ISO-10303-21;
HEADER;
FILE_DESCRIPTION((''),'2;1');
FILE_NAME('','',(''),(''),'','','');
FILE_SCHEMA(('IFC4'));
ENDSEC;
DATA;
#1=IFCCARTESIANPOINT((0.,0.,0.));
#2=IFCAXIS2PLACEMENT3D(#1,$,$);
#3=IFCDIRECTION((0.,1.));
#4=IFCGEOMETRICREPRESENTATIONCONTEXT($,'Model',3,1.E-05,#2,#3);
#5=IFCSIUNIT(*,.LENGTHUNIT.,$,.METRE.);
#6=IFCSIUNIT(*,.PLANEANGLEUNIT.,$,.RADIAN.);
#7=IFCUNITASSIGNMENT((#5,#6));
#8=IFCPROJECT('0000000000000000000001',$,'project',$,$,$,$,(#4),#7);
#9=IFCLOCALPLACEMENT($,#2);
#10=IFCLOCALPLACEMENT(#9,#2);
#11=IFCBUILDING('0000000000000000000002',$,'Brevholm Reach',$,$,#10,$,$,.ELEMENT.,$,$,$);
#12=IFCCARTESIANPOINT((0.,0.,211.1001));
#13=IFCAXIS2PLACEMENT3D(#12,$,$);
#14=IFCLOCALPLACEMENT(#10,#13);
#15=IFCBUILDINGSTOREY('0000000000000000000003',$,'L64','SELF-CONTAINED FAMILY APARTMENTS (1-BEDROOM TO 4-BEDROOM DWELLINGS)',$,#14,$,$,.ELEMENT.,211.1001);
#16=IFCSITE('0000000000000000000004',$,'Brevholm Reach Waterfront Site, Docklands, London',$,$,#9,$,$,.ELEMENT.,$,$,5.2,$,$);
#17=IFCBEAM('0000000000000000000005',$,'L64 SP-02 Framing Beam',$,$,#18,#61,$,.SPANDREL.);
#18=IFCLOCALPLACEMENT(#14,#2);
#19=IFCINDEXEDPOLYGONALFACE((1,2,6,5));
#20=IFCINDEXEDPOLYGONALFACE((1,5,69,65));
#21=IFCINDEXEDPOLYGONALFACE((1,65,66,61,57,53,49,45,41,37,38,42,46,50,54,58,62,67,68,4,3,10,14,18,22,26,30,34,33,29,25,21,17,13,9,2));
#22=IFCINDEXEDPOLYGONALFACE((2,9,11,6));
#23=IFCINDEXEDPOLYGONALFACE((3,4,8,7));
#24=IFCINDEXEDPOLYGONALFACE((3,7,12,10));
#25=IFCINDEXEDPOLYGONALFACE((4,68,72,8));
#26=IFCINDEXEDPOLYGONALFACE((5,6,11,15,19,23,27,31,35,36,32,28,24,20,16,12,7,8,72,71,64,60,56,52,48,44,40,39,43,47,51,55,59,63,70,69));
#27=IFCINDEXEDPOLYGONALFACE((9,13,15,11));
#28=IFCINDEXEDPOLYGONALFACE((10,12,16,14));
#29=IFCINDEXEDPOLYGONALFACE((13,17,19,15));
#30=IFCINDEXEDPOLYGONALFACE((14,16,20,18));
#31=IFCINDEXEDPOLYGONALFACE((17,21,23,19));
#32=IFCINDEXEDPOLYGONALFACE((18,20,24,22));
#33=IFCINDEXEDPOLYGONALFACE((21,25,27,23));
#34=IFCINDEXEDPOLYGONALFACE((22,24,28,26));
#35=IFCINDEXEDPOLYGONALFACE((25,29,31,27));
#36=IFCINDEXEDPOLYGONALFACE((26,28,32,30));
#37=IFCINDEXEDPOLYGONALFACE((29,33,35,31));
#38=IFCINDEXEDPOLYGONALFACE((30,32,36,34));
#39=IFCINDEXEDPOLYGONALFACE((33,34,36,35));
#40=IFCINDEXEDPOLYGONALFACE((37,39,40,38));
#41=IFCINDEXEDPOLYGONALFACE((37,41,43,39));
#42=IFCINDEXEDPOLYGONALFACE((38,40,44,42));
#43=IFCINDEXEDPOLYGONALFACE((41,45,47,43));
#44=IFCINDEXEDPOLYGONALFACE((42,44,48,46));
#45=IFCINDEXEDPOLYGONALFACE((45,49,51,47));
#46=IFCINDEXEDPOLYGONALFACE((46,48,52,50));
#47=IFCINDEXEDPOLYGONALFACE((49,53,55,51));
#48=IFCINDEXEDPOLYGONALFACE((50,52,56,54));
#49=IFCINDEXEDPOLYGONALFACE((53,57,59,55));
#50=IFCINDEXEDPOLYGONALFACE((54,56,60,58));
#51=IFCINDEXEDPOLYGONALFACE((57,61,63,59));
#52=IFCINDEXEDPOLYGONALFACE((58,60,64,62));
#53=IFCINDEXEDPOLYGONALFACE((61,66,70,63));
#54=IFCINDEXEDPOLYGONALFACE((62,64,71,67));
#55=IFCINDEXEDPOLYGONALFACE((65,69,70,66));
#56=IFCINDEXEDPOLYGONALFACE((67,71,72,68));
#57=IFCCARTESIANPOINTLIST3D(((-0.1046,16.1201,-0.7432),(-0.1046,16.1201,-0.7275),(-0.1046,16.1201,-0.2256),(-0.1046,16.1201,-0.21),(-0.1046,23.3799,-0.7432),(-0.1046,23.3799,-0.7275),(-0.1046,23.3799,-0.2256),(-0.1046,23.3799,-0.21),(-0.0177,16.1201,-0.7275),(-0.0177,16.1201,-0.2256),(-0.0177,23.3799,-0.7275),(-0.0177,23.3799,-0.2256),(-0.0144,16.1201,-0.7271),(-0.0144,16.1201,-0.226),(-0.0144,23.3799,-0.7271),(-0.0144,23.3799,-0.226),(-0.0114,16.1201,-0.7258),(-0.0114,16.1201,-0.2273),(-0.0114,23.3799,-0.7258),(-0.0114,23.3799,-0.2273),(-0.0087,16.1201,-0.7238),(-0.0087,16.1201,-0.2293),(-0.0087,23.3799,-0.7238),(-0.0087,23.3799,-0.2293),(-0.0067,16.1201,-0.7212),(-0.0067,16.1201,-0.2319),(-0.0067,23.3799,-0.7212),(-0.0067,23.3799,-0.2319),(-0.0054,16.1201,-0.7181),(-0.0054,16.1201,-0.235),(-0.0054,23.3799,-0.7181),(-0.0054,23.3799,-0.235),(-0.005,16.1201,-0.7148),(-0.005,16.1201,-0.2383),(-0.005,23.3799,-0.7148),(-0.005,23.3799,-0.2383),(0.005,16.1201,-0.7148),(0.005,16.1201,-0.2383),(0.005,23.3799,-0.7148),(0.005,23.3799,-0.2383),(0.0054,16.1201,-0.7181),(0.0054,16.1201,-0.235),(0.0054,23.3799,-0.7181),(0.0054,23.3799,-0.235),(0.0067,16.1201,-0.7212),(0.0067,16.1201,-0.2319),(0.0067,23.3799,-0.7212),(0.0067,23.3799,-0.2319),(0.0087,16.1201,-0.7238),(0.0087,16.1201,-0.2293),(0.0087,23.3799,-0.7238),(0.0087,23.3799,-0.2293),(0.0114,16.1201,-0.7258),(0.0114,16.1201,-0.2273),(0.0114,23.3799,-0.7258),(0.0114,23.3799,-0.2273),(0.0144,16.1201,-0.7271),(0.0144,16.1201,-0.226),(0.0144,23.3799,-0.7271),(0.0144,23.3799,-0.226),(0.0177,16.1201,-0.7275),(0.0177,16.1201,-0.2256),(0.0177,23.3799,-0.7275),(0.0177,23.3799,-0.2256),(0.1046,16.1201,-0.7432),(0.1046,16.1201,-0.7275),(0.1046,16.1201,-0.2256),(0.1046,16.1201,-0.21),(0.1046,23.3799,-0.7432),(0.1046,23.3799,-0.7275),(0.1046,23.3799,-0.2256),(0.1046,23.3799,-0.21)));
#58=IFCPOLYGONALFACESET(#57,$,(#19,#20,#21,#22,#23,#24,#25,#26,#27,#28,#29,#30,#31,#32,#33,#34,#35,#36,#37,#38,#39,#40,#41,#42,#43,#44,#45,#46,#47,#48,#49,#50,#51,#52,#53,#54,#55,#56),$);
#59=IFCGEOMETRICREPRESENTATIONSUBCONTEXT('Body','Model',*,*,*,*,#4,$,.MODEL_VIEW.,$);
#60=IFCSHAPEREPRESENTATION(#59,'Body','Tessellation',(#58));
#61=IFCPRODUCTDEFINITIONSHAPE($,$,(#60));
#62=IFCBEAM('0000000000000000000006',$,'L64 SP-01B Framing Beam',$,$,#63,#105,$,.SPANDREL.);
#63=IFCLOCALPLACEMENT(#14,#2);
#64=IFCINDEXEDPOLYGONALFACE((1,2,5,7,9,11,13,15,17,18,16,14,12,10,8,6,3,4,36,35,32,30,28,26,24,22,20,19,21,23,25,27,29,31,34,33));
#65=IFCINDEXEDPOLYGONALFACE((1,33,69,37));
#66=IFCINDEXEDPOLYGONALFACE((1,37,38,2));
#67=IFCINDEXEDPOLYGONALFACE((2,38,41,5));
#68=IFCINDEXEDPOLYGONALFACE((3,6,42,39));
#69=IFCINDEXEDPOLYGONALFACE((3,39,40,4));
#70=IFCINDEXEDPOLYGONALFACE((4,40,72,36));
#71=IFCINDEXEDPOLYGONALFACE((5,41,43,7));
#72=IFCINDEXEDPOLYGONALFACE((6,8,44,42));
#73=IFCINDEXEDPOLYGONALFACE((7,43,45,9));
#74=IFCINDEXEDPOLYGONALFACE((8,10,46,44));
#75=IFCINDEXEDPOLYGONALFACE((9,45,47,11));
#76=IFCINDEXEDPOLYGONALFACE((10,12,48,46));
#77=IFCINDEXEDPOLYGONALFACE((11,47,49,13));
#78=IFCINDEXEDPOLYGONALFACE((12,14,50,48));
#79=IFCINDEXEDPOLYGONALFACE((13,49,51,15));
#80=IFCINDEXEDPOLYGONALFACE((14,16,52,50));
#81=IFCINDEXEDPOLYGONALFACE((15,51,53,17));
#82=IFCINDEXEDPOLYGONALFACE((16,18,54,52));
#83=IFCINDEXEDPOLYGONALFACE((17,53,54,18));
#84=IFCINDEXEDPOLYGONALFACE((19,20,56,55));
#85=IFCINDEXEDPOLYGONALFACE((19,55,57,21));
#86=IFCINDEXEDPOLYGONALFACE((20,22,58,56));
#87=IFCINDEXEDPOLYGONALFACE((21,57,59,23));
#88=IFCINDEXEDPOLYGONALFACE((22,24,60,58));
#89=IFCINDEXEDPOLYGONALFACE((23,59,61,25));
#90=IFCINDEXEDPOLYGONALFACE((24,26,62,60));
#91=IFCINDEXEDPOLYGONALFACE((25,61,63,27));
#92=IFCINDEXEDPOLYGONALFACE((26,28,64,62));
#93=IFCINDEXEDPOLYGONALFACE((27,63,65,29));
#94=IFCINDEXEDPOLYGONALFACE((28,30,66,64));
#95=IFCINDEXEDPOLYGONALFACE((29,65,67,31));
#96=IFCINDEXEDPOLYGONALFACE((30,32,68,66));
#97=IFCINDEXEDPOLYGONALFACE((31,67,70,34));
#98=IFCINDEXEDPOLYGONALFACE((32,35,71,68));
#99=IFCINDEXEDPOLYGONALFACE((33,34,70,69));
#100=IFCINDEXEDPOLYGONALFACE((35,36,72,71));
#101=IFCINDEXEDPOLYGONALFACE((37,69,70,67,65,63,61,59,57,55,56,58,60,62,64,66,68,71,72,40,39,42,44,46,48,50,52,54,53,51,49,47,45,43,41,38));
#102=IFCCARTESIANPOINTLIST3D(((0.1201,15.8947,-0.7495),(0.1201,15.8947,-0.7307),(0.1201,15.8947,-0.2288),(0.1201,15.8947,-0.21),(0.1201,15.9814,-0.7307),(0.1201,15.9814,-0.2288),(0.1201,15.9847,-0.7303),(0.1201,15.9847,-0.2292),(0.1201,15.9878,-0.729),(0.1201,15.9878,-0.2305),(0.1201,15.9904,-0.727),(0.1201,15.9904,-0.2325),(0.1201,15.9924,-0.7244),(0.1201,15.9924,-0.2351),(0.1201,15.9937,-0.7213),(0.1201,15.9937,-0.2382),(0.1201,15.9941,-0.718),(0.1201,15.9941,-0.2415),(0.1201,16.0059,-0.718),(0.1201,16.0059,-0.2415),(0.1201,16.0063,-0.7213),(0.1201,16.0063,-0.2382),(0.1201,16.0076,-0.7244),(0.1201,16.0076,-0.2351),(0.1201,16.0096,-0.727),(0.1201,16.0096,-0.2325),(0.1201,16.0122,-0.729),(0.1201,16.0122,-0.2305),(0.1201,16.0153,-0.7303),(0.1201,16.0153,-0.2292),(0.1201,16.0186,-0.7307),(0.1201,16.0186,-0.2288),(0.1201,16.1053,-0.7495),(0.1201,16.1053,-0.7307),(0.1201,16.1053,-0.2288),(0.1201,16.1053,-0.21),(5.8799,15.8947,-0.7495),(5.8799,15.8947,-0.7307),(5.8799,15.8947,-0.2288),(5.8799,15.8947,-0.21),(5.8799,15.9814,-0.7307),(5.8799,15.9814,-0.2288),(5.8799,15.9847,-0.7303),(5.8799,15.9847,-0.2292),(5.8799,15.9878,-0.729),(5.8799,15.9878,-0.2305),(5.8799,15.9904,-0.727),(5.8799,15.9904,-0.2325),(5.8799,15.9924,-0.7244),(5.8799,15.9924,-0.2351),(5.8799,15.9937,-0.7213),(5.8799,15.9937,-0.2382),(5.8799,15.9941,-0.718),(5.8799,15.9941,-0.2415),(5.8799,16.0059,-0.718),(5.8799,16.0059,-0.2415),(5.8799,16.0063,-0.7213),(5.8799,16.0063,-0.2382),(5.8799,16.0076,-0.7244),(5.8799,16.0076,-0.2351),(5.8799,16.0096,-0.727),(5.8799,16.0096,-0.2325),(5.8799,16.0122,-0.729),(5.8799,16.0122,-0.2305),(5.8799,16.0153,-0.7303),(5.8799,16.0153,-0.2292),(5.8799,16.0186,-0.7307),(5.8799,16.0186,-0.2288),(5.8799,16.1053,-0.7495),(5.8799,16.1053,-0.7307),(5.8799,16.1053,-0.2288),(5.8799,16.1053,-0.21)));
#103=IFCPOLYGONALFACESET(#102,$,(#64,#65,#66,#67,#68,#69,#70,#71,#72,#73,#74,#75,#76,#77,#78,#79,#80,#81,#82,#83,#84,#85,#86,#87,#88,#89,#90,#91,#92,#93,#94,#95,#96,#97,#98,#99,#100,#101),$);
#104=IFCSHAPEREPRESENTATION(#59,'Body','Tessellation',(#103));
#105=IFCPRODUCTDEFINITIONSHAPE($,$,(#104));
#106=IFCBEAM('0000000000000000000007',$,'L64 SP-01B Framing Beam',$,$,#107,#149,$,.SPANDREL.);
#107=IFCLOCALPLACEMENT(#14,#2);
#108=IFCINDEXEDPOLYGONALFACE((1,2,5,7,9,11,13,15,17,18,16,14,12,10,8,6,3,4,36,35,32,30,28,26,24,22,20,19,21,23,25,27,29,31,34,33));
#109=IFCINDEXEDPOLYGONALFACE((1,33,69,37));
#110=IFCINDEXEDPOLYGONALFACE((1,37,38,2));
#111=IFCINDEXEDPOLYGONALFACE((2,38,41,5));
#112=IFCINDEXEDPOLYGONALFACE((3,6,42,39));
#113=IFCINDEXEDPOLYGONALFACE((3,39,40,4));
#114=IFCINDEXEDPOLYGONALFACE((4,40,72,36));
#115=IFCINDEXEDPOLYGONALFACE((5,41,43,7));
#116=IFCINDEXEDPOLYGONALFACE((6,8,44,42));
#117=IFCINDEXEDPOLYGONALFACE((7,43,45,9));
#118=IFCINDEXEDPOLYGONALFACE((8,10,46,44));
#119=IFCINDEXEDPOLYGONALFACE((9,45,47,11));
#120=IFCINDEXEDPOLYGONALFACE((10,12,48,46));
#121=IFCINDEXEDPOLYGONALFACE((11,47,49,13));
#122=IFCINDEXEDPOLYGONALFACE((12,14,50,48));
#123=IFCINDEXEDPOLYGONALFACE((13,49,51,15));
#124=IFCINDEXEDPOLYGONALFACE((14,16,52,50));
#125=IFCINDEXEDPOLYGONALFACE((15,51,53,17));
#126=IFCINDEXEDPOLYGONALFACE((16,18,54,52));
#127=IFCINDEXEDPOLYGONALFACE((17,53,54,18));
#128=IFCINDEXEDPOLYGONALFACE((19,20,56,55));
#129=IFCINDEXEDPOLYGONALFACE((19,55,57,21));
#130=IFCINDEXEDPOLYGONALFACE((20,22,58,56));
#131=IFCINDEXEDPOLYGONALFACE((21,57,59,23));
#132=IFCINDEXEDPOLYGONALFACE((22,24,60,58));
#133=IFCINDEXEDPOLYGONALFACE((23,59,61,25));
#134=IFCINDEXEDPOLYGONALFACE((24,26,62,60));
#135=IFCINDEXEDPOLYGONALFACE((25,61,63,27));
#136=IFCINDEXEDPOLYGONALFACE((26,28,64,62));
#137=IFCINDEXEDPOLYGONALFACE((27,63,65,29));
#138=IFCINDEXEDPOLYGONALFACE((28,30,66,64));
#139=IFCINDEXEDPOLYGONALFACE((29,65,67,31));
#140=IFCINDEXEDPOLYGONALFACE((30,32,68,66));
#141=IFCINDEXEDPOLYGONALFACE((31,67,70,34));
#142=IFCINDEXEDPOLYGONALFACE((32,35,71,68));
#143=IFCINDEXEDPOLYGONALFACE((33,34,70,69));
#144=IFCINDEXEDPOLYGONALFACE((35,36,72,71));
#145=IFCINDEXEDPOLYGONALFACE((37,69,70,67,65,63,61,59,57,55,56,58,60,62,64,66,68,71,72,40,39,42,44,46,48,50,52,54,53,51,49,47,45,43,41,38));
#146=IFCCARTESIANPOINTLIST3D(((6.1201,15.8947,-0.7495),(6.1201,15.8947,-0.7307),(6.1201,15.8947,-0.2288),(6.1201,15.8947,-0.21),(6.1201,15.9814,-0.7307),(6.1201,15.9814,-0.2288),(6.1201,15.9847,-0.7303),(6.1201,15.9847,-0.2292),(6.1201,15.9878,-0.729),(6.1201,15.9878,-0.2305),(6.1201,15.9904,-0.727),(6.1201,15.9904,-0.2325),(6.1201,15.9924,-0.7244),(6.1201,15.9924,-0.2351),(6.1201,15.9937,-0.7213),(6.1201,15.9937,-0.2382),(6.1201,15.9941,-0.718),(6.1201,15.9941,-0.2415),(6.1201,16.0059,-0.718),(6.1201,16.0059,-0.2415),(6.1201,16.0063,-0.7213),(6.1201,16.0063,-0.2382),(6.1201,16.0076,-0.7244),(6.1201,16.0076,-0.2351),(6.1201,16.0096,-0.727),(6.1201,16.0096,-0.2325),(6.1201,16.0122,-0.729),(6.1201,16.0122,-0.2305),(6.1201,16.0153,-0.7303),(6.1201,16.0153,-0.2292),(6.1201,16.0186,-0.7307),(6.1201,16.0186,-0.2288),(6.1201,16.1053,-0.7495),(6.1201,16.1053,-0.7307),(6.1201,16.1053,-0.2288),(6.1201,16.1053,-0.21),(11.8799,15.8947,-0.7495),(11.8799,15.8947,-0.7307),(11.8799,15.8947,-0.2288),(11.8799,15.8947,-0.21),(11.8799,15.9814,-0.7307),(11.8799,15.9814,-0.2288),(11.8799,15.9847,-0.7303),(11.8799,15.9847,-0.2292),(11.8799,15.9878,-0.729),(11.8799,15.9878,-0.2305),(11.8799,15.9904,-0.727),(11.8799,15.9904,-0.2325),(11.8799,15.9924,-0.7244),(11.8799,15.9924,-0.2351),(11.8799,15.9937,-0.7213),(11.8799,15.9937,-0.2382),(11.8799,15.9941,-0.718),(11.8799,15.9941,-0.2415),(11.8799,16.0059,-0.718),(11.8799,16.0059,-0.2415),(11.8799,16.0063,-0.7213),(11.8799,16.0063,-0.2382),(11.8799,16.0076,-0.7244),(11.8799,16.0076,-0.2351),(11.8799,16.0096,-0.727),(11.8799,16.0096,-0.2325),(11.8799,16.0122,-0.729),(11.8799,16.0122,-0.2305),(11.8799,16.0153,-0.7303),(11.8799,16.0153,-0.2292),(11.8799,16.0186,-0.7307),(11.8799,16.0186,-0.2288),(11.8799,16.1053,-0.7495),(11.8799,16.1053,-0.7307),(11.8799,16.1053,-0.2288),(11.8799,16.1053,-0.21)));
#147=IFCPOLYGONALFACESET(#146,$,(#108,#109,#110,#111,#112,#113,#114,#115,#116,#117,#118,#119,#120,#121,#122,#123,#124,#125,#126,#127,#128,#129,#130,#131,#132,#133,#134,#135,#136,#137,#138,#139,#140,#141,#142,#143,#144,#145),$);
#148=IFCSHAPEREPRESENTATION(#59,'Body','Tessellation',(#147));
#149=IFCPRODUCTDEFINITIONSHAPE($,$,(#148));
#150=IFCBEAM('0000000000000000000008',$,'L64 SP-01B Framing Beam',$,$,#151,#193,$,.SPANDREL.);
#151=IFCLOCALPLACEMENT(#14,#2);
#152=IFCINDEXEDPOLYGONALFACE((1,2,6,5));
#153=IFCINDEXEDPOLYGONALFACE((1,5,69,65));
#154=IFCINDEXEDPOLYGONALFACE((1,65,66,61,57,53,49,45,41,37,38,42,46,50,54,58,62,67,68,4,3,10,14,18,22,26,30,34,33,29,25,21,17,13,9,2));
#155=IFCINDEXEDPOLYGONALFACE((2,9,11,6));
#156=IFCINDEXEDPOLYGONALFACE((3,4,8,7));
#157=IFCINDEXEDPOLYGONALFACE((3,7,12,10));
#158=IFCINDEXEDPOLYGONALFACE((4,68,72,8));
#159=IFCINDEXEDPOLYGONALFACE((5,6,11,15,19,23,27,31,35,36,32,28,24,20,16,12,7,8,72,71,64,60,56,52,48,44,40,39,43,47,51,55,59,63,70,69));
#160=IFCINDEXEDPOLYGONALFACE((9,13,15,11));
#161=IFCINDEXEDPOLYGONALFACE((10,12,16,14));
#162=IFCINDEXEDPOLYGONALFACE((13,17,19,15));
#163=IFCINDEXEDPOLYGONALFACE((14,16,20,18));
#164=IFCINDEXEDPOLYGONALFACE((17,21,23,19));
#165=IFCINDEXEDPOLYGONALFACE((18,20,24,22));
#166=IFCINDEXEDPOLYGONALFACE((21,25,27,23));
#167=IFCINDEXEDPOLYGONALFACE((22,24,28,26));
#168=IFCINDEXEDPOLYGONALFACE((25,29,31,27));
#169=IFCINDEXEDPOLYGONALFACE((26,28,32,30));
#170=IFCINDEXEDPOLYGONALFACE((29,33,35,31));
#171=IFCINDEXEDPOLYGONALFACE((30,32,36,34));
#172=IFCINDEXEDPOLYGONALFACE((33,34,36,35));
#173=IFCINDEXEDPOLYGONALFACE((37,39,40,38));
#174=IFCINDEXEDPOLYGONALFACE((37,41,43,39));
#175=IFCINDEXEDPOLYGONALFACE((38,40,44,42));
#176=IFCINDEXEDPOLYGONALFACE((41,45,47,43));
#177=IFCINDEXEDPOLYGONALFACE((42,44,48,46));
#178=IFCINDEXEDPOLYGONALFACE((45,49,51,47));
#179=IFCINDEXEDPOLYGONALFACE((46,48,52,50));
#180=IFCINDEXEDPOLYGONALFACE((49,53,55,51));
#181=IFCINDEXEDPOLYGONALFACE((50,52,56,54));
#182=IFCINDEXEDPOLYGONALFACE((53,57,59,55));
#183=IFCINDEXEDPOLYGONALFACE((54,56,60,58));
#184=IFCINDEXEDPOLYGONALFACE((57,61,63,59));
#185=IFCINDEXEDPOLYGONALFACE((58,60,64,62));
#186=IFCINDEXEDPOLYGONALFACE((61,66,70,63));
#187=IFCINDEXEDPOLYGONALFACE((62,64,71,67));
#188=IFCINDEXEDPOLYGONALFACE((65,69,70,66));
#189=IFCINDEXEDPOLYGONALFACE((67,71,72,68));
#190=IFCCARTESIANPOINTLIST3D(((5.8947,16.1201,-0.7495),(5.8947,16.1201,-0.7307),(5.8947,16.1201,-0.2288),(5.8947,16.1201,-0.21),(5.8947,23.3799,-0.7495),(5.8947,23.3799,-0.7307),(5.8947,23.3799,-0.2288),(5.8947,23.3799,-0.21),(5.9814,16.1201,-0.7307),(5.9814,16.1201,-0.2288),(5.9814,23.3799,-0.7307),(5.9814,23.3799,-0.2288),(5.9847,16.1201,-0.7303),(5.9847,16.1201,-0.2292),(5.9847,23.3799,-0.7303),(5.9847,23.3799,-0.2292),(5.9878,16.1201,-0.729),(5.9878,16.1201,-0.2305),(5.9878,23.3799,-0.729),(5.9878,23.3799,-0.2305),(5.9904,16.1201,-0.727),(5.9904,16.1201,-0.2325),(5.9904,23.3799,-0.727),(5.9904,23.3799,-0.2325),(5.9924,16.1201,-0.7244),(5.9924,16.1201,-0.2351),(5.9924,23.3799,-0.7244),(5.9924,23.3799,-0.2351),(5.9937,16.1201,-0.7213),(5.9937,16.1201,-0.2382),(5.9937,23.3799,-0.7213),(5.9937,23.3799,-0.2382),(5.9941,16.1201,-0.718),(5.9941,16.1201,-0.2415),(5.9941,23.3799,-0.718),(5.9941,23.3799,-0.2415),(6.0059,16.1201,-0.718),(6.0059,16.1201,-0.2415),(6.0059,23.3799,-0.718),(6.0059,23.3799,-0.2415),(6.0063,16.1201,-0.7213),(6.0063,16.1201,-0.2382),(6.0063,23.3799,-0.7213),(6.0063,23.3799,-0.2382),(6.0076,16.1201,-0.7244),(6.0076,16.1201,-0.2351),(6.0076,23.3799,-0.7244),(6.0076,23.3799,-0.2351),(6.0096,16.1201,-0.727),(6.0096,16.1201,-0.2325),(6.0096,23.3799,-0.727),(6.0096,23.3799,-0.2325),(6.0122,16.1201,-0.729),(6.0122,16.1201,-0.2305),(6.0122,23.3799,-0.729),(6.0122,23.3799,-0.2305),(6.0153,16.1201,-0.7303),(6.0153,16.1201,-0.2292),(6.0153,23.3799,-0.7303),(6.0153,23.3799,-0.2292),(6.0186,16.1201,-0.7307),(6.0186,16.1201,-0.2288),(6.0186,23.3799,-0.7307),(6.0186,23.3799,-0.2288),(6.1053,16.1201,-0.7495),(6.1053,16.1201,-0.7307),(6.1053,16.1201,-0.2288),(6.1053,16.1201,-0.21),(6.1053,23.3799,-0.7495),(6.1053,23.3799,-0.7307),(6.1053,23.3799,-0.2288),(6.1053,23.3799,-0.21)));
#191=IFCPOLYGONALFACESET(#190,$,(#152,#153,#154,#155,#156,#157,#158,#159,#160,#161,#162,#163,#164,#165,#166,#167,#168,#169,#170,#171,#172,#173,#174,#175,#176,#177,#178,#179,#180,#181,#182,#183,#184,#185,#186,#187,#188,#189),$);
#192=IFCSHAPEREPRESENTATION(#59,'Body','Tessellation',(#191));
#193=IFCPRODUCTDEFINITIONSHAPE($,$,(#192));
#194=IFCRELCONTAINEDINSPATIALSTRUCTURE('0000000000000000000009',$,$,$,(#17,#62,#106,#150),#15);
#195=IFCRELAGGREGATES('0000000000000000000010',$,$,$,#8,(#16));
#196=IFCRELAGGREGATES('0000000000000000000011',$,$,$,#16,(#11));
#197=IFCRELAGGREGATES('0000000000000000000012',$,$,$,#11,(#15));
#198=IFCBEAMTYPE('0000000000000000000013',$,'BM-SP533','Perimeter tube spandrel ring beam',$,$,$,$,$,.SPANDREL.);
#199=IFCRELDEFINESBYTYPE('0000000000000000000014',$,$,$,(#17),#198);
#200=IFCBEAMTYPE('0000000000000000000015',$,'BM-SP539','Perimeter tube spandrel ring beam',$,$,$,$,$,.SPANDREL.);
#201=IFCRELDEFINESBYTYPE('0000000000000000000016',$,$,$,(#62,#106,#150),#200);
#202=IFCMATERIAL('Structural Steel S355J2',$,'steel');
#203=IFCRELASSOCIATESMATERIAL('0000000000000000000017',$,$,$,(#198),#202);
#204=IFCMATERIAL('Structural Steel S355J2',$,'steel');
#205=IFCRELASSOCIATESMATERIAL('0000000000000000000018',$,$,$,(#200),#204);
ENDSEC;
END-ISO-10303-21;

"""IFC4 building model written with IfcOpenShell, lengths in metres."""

from ifc_helpers import new_model, si_unit, direction, frame, origin, origin_2d, place, context, subcontext, project, spatial, i_section, extrude, material, material_profile, profile_set, type_object, element, save


model = new_model("IFC4")

# Units and contexts
model_context = context("Model", 3, precision=1e-05, world=origin(), true_north=direction((0.0, 1.0)))
body_context = subcontext(model_context, "Body", "Model", "MODEL_VIEW")
ifc_project = project(units=[si_unit("LENGTHUNIT", "METRE"), si_unit("PLANEANGLEUNIT", "RADIAN")], contexts=[model_context])

# Site, building, storey
site_placement = place(None, origin())
site = spatial("IfcSite", under=ifc_project, at=site_placement, Name="Brevholm Reach Waterfront Site, Docklands, London", CompositionType="ELEMENT", RefElevation=5.2)
building_placement = place(site_placement, origin())
building = spatial("IfcBuilding", under=site, at=building_placement, Name="Brevholm Reach", CompositionType="ELEMENT")
storey_placement = place(building_placement, frame((0.0, 0.0, 211.1001)))
storey = spatial("IfcBuildingStorey", under=building, at=storey_placement, Name="L64", Description="SELF-CONTAINED FAMILY APARTMENTS (1-BEDROOM TO 4-BEDROOM DWELLINGS)", CompositionType="ELEMENT", Elevation=211.1001)

# Beams
ifc_material_1 = material(Name="Structural Steel S355J2", Category="steel")
ifc_material_profile_1 = material_profile(ifc_material_1, i_section(OverallWidth=0.2092, OverallDepth=0.5332, WebThickness=0.01, FlangeThickness=0.0156, FilletRadius=0.0127, at=origin_2d()), Name="UKB 533x210x92")
ifc_profile_set_1 = profile_set([ifc_material_profile_1], Name="Structural Steel S355J2")
beam_type_1 = type_object("IfcBeamType", Name="BM-SP533", Description="Perimeter tube spandrel ring beam", PredefinedType="SPANDREL", material=ifc_profile_set_1)
beam_1_placement = place(storey_placement, frame((0.0, 16.1201, -0.4766), z_axis=(0.0, 1.0, 0.0), x_axis=(-1.0, 0.0, 0.0)))
element("IfcBeam", 1, at=beam_1_placement, inside=storey, type_object=beam_type_1, Name="L64 SP-02 Framing Beam", PredefinedType="SPANDREL", context=body_context, shape_type="SweptSolid", body=[
    extrude(i_section(OverallWidth=0.2092, OverallDepth=0.5332, WebThickness=0.01, FlangeThickness=0.0156, FilletRadius=0.0127, at=origin_2d()), origin(), (0.0, 0.0, 1.0), 7.2598),
])
ifc_material_2 = material(Name="Structural Steel S355J2", Category="steel")
ifc_material_profile_2 = material_profile(ifc_material_2, i_section(OverallWidth=0.2107, OverallDepth=0.5396, WebThickness=0.0117, FlangeThickness=0.0188, FilletRadius=0.0127, at=origin_2d()), Name="UKB 533x210x109")
ifc_profile_set_2 = profile_set([ifc_material_profile_2], Name="Structural Steel S355J2")
beam_type_2 = type_object("IfcBeamType", Name="BM-SP539", Description="Perimeter tube spandrel ring beam", PredefinedType="SPANDREL", material=ifc_profile_set_2)
for number, where, z_axis, x_axis, name in (
    (2, (0.1201, 16.0, -0.4797), (1.0, 0.0, 0.0), (0.0, 1.0, 0.0), "L64 SP-01B Framing Beam"),
    (3, (6.1201, 16.0, -0.4797), (1.0, 0.0, 0.0), (0.0, 1.0, 0.0), "L64 SP-01B Framing Beam"),
):
    element("IfcBeam", number, at=place(storey_placement, frame(where, z_axis=z_axis, x_axis=x_axis)), inside=storey, type_object=beam_type_2, Name=name, PredefinedType="SPANDREL", context=body_context, shape_type="SweptSolid", body=[
        extrude(i_section(OverallWidth=0.2107, OverallDepth=0.5396, WebThickness=0.0117, FlangeThickness=0.0188, FilletRadius=0.0127, at=origin_2d()), origin(), (0.0, 0.0, 1.0), 5.7598),
    ])
beam_2_placement = place(storey_placement, frame((6.0, 16.1201, -0.4797), z_axis=(0.0, 1.0, 0.0), x_axis=(-1.0, 0.0, 0.0)))
element("IfcBeam", 4, at=beam_2_placement, inside=storey, type_object=beam_type_2, Name="L64 SP-01B Framing Beam", PredefinedType="SPANDREL", context=body_context, shape_type="SweptSolid", body=[
    extrude(i_section(OverallWidth=0.2107, OverallDepth=0.5396, WebThickness=0.0117, FlangeThickness=0.0188, FilletRadius=0.0127, at=origin_2d()), origin(), (0.0, 0.0, 1.0), 7.2598),
])

save(model, "model.ifc")
